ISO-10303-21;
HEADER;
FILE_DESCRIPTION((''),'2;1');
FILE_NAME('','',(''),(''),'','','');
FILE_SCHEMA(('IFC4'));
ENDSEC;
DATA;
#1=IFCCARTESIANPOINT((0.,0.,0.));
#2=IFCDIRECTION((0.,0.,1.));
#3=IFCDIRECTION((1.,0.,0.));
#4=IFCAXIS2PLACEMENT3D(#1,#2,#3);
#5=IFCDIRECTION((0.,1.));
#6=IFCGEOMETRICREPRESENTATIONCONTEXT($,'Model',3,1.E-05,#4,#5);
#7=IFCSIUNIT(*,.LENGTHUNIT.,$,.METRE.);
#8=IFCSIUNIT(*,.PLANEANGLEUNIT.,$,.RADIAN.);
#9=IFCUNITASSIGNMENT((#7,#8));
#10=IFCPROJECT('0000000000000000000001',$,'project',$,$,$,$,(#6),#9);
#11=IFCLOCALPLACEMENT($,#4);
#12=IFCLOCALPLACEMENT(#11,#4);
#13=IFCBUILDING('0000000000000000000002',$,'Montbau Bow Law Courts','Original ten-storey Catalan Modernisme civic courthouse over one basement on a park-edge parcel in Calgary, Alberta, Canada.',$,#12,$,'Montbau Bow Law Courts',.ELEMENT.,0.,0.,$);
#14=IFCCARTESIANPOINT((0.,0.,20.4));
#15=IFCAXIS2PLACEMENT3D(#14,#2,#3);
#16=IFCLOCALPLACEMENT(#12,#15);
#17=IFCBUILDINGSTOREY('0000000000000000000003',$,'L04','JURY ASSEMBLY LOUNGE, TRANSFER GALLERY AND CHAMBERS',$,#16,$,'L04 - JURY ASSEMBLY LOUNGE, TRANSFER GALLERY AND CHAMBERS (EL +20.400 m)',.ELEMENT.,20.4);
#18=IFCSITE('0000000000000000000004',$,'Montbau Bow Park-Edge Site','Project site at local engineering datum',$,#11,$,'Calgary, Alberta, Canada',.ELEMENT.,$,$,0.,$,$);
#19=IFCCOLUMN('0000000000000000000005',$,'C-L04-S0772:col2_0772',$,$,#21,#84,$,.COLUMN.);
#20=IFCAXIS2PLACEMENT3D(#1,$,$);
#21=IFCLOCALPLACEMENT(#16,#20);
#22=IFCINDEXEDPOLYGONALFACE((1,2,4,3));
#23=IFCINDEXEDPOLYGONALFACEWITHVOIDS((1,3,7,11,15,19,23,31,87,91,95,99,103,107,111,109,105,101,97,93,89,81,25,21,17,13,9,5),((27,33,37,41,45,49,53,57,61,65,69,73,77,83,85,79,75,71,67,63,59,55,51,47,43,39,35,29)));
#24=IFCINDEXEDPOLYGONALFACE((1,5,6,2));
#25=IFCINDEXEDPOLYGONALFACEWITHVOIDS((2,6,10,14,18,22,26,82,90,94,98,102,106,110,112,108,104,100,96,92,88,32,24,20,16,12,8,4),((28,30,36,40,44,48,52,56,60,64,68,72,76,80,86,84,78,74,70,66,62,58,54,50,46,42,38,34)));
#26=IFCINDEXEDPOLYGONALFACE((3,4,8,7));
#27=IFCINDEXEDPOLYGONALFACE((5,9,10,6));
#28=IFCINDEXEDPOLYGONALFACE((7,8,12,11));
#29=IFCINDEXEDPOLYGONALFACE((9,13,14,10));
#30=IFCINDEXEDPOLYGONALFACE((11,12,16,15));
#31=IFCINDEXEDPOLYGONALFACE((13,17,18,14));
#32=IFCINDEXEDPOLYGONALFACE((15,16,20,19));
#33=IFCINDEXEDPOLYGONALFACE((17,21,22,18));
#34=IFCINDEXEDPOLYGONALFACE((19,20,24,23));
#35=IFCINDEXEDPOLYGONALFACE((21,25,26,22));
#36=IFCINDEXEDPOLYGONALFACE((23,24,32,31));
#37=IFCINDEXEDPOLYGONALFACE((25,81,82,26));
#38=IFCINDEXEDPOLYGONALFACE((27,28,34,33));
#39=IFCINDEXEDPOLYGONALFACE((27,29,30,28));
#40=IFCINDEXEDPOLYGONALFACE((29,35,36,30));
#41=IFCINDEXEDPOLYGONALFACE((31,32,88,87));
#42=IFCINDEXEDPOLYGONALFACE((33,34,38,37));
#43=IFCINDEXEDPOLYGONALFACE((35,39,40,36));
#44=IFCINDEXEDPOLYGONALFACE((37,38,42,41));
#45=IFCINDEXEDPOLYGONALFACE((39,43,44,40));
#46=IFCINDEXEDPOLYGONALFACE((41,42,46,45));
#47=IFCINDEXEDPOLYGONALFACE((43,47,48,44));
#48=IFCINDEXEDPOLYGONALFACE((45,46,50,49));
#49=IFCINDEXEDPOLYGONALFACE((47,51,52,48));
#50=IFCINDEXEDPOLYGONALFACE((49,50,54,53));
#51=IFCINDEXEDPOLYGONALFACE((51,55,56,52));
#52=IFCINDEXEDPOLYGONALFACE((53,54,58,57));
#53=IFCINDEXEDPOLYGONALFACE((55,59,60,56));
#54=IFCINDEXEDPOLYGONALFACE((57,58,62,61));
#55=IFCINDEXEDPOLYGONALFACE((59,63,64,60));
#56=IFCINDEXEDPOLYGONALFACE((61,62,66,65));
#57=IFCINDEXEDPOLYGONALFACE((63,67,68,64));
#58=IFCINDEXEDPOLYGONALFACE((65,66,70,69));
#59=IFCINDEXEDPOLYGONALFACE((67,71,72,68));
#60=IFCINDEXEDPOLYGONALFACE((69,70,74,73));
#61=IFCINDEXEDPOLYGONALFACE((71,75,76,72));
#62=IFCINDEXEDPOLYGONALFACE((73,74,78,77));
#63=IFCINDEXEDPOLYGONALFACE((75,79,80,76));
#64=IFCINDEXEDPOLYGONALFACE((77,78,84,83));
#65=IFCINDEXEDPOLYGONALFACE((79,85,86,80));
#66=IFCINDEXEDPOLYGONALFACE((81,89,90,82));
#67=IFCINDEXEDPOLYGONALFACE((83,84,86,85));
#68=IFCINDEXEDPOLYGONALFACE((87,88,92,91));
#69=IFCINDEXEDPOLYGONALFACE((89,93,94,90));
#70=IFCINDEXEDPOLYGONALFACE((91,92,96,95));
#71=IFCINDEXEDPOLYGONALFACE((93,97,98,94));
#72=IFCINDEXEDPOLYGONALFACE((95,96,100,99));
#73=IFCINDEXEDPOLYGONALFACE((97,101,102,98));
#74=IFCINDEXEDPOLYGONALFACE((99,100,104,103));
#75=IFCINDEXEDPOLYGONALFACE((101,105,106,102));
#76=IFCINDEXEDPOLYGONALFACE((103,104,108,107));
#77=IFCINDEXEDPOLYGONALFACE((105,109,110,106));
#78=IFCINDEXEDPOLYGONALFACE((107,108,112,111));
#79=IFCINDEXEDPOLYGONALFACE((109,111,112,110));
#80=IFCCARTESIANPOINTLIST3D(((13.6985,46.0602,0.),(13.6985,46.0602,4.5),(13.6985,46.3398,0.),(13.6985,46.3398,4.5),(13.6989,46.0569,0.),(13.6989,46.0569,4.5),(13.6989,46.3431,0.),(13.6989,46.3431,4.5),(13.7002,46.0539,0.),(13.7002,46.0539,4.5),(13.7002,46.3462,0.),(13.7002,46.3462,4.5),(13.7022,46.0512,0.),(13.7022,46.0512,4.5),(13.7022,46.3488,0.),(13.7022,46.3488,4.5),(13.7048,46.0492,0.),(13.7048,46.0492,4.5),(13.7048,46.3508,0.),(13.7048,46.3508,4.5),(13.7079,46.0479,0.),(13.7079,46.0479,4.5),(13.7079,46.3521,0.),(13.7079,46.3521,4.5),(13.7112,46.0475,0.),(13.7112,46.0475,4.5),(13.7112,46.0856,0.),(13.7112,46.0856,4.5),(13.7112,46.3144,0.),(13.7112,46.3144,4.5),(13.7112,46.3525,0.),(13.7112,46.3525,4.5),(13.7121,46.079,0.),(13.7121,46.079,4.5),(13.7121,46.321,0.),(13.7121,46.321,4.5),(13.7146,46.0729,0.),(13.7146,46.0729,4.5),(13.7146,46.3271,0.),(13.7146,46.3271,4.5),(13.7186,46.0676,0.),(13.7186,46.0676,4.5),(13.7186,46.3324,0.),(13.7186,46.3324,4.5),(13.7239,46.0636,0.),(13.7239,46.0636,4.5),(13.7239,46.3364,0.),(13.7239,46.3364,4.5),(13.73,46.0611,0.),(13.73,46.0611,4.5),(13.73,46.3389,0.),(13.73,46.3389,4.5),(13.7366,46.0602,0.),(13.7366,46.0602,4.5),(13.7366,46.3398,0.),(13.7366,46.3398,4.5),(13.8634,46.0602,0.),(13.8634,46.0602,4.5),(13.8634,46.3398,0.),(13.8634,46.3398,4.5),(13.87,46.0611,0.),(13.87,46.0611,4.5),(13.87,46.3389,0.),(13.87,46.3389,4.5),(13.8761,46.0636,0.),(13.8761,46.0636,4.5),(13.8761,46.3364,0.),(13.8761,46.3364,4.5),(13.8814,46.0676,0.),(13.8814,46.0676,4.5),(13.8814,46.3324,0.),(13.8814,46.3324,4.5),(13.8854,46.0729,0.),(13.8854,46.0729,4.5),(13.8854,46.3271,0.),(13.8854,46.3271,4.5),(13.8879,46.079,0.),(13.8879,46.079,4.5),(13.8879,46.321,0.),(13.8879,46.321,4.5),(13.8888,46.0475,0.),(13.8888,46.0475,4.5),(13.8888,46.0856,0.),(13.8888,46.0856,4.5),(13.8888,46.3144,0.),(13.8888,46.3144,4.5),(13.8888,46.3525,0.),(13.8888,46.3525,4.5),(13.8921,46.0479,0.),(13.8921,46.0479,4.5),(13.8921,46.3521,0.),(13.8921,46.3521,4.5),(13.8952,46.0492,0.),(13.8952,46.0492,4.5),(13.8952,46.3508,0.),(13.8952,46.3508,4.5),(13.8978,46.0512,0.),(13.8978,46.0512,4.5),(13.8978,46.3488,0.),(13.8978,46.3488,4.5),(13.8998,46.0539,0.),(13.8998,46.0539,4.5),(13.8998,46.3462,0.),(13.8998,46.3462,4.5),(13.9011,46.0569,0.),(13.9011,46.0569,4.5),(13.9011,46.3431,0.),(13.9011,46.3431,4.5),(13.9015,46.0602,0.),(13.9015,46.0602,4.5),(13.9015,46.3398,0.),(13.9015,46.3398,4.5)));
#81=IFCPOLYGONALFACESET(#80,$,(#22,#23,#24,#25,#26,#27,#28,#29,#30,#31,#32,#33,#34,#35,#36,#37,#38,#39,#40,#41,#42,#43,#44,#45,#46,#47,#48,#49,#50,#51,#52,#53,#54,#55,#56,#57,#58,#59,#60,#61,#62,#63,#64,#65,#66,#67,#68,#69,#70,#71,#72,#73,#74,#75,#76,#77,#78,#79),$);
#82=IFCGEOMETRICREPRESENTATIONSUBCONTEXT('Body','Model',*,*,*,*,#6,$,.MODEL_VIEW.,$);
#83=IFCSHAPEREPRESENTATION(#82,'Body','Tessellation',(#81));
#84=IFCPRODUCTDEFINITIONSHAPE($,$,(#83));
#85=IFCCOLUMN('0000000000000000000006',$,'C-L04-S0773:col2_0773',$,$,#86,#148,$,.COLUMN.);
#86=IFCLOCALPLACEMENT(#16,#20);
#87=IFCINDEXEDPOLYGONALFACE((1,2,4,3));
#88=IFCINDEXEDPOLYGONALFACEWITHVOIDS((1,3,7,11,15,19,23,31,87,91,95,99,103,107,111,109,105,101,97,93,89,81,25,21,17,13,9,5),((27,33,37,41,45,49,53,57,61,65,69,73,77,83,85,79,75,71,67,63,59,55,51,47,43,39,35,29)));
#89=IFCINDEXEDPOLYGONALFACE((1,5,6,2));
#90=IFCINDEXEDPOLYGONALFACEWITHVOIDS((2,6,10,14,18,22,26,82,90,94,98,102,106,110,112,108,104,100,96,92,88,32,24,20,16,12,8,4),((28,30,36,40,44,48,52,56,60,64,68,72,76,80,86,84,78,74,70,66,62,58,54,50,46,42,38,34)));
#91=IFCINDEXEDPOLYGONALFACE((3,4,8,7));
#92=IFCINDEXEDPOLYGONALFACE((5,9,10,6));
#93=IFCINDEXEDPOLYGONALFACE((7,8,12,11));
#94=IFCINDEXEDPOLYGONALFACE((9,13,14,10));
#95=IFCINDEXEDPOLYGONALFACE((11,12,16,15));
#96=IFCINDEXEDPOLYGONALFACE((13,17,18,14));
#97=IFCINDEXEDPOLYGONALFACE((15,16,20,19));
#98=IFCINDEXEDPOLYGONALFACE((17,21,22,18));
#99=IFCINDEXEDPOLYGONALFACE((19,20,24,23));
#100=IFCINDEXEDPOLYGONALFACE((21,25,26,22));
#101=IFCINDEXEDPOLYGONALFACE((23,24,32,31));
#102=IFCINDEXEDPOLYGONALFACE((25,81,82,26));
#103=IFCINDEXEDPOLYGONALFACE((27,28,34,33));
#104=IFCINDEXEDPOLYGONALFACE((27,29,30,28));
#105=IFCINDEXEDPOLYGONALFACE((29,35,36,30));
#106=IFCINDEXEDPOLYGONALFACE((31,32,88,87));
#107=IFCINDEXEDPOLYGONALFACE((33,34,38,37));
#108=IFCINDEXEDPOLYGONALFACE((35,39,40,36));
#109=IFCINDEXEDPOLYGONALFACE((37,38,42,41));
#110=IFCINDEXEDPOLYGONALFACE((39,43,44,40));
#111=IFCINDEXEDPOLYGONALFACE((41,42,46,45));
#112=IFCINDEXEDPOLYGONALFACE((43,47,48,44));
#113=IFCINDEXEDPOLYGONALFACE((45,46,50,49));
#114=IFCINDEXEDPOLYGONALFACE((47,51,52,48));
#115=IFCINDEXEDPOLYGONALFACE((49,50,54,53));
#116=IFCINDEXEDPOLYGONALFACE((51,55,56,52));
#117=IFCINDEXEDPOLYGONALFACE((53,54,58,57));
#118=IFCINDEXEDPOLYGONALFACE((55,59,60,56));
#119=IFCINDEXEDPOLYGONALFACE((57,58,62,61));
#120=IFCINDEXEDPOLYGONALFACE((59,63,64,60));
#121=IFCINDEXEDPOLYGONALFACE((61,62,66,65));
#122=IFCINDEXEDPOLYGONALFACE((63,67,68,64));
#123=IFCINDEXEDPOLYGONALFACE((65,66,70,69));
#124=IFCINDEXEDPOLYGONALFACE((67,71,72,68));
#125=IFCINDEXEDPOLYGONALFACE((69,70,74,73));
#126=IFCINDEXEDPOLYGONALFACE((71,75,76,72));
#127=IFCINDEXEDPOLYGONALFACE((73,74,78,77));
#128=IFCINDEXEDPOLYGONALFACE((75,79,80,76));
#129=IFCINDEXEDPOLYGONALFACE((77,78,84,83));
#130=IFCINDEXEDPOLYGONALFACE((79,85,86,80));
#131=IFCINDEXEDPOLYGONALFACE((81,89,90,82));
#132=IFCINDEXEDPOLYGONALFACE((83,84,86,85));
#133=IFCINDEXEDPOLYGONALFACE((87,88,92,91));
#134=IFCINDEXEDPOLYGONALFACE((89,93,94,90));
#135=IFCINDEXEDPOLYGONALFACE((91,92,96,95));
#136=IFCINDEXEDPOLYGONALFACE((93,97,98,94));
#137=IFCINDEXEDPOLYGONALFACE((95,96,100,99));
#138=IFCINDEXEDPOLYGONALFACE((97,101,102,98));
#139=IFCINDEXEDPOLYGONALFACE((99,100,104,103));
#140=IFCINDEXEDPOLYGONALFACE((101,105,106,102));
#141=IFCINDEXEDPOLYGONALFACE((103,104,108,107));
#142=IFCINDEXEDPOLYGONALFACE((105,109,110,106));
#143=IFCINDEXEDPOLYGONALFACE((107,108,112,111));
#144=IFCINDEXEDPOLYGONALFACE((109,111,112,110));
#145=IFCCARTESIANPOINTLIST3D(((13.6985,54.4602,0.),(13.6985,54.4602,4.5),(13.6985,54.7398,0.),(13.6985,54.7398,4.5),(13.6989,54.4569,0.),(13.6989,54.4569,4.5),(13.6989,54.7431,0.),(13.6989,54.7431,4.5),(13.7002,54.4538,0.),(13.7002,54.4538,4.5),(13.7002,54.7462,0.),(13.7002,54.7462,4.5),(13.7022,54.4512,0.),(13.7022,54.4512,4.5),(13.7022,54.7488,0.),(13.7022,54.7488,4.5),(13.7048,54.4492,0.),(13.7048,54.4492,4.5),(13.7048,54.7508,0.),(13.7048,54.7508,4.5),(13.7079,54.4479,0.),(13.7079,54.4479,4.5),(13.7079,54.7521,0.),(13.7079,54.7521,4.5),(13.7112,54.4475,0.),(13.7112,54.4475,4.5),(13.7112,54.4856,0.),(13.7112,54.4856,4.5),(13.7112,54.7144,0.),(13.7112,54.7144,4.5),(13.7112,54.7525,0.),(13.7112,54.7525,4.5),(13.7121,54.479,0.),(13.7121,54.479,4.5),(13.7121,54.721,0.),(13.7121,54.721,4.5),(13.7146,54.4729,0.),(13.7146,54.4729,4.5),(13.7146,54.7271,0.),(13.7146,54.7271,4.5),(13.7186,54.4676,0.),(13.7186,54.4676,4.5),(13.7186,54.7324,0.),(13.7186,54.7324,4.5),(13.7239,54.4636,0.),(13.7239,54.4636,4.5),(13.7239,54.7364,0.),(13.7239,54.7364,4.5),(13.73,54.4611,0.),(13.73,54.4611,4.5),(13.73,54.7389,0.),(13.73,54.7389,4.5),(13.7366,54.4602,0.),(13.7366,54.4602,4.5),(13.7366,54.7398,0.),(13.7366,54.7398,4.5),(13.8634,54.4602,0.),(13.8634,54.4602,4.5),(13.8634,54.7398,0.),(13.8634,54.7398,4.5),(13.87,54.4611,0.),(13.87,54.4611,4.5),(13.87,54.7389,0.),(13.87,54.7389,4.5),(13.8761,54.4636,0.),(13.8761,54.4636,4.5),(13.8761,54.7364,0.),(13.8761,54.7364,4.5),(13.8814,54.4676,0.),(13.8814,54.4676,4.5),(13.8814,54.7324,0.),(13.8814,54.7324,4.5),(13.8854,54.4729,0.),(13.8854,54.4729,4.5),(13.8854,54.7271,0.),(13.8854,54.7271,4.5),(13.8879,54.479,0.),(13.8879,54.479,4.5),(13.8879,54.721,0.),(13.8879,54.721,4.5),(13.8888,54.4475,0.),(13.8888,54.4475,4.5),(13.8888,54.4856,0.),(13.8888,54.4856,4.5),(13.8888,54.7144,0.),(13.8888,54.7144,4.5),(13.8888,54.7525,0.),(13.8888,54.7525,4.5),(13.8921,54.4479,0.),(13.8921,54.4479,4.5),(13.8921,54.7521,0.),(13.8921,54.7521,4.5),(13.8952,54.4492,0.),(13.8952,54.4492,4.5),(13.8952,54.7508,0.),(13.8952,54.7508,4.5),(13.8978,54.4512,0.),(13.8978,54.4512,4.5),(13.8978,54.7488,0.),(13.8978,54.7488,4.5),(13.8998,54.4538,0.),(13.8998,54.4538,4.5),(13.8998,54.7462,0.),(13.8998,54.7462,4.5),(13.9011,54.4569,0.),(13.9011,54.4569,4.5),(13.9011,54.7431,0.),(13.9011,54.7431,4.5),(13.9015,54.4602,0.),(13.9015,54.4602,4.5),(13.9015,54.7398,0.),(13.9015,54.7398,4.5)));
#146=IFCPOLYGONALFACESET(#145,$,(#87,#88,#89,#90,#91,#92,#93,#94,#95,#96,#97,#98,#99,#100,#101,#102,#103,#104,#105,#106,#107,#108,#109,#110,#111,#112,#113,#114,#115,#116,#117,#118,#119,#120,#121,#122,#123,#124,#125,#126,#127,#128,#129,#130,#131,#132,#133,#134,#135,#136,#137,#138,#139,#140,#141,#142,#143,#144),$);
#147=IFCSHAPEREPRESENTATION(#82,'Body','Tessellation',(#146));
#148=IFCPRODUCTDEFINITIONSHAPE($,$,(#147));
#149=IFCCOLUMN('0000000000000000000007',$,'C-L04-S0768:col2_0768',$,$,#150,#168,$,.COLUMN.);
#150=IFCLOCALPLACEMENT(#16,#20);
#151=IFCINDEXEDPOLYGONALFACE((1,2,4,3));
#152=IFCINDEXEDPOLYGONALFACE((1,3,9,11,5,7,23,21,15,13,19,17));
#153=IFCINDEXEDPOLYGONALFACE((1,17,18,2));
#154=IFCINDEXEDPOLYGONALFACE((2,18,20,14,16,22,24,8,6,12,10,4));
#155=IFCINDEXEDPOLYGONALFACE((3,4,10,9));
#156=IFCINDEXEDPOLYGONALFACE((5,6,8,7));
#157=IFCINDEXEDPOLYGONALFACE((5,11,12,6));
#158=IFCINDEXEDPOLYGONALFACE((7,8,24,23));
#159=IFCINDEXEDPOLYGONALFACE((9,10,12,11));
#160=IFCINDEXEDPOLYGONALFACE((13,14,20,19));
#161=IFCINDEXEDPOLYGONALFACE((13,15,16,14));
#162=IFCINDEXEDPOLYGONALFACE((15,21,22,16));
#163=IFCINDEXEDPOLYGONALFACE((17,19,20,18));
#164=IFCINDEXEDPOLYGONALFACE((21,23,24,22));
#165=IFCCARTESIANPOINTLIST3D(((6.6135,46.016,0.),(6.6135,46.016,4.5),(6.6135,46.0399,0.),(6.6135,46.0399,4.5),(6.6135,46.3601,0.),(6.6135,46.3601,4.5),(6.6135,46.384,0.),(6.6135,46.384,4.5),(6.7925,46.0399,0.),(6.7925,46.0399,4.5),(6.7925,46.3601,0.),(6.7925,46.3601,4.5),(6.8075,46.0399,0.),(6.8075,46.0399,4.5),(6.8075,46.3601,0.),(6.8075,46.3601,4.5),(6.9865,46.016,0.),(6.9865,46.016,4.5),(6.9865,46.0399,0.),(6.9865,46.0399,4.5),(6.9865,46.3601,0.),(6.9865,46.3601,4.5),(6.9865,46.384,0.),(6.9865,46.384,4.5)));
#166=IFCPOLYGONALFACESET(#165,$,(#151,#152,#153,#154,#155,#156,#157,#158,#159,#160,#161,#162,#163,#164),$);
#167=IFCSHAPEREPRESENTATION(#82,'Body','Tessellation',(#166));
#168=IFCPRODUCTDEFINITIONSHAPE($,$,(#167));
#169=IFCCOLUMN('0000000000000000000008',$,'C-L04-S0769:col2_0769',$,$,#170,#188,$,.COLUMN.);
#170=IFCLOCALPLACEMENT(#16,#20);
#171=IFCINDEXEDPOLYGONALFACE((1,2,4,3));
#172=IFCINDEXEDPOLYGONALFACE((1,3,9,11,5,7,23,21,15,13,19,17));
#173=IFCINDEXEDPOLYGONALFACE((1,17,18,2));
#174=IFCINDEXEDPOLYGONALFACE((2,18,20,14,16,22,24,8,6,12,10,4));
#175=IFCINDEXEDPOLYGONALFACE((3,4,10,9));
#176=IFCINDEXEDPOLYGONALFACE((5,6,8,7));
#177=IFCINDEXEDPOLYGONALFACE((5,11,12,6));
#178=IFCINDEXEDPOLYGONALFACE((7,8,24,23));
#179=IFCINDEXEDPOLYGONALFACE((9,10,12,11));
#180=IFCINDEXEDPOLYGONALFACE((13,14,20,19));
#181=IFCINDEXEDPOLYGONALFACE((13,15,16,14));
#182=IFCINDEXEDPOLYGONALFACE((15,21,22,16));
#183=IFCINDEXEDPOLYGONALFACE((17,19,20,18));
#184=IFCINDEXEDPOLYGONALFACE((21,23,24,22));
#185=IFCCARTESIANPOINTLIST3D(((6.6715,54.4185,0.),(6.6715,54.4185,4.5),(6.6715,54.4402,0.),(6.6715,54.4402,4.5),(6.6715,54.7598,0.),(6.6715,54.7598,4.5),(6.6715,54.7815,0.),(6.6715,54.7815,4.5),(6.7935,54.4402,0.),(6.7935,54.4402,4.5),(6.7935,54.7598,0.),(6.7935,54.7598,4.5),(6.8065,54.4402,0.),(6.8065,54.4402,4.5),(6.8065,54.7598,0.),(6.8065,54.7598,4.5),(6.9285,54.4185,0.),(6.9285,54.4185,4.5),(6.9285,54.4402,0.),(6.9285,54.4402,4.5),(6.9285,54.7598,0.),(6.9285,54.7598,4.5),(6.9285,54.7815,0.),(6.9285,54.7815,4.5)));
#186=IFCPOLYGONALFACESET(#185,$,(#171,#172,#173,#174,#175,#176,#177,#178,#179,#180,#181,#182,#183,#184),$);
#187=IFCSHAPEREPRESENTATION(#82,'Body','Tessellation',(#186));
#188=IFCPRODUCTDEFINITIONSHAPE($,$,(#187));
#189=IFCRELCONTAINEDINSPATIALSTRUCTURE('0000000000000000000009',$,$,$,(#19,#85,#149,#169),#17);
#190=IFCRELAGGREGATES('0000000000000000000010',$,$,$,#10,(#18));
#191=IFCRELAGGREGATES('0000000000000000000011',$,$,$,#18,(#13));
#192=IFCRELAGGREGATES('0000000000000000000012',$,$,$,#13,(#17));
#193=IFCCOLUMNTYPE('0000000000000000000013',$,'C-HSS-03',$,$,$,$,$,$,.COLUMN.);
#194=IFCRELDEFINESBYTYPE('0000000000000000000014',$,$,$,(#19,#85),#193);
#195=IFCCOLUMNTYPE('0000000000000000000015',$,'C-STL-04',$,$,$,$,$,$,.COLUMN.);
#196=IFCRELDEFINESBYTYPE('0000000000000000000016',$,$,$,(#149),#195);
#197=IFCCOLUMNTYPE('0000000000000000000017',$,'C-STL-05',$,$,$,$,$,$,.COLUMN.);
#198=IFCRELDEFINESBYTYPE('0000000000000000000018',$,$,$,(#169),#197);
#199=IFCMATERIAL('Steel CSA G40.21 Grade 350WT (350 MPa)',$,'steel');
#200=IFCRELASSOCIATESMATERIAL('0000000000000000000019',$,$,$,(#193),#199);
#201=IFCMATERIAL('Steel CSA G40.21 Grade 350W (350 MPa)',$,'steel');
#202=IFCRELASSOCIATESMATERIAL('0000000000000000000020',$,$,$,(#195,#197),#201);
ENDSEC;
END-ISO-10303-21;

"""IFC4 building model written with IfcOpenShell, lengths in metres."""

from ifc_helpers import new_model, si_unit, direction, frame, origin_with_axes, origin_2d_with_axis, place, context, subcontext, project, spatial, hollow_rectangle, i_section, extrude, material, material_profile, profile_set, type_object, element, save


model = new_model("IFC4")

# Units and contexts
model_context = context("Model", 3, precision=1e-05, world=origin_with_axes(), true_north=direction((0.0, 1.0)))
body_context = subcontext(model_context, "Body", "Model", "MODEL_VIEW")
ifc_project = project(units=[si_unit("LENGTHUNIT", "METRE"), si_unit("PLANEANGLEUNIT", "RADIAN")], contexts=[model_context])

# Site, building, storey
site_placement = place(None, origin_with_axes())
site = spatial("IfcSite", under=ifc_project, at=site_placement, Name="Montbau Bow Park-Edge Site", Description="Project site at local engineering datum", LongName="Calgary, Alberta, Canada", CompositionType="ELEMENT", RefElevation=0.0)
building_placement = place(site_placement, origin_with_axes())
building = spatial("IfcBuilding", under=site, at=building_placement, Name="Montbau Bow Law Courts", Description="Original ten-storey Catalan Modernisme civic courthouse over one basement on a park-edge parcel in Calgary, Alberta, Canada.", LongName="Montbau Bow Law Courts", CompositionType="ELEMENT", ElevationOfRefHeight=0.0, ElevationOfTerrain=0.0)
storey_placement = place(building_placement, frame((0.0, 0.0, 20.4), z_axis=(0.0, 0.0, 1.0), x_axis=(1.0, 0.0, 0.0)))
storey = spatial("IfcBuildingStorey", under=building, at=storey_placement, Name="L04", Description="JURY ASSEMBLY LOUNGE, TRANSFER GALLERY AND CHAMBERS", LongName="L04 - JURY ASSEMBLY LOUNGE, TRANSFER GALLERY AND CHAMBERS (EL +20.400 m)", CompositionType="ELEMENT", Elevation=20.4)

# Columns
ifc_material_1 = material(Name="Steel CSA G40.21 Grade 350WT (350 MPa)", Category="steel")
ifc_material_profile_1 = material_profile(ifc_material_1, hollow_rectangle(XDim=0.203, YDim=0.305, WallThickness=0.0127, InnerFilletRadius=0.0254, OuterFilletRadius=0.0127, at=origin_2d_with_axis()), Name="HSS305X203X13", Category="Main", Priority=0)
ifc_profile_set_1 = profile_set([ifc_material_profile_1], Name="Steel CSA G40.21 Grade 350WT (350 MPa)")
column_type_1 = type_object("IfcColumnType", Name="C-HSS-03", PredefinedType="COLUMN", material=ifc_profile_set_1)
for number, where, z_axis, x_axis, name in (
    (1, (13.8, 46.2, 20.4), (0.0, 0.0, 1.0), (1.0, 0.0, 0.0), "C-L04-S0772:col2_0772"),
    (2, (13.8, 54.6, 20.4), (0.0, 0.0, 1.0), (1.0, 0.0, 0.0), "C-L04-S0773:col2_0773"),
):
    element("IfcColumn", number, at=place(None, frame(where, z_axis=z_axis, x_axis=x_axis)), inside=storey, type_object=column_type_1, Name=name, PredefinedType="COLUMN", context=body_context, shape_type="SweptSolid", body=[
        extrude(hollow_rectangle(XDim=0.203, YDim=0.305, WallThickness=0.0127, InnerFilletRadius=0.0254, OuterFilletRadius=0.0127, at=origin_2d_with_axis()), origin_with_axes(), (0.0, 0.0, 1.0), 4.5),
    ])
ifc_material_2 = material(Name="Steel CSA G40.21 Grade 350W (350 MPa)", Category="steel")
ifc_material_profile_2 = material_profile(ifc_material_2, i_section(OverallWidth=0.373, OverallDepth=0.368, WebThickness=0.015, FlangeThickness=0.0239, at=origin_2d_with_axis()), Name="W360X179", Category="Main", Priority=0)
ifc_profile_set_2 = profile_set([ifc_material_profile_2], Name="Steel CSA G40.21 Grade 350W (350 MPa)")
column_type_2 = type_object("IfcColumnType", Name="C-STL-04", PredefinedType="COLUMN", material=ifc_profile_set_2)
column_1_placement = place(None, frame((6.8, 46.2, 20.4), z_axis=(0.0, 0.0, 1.0), x_axis=(1.0, 0.0, 0.0)))
element("IfcColumn", 3, at=column_1_placement, inside=storey, type_object=column_type_2, Name="C-L04-S0768:col2_0768", PredefinedType="COLUMN", context=body_context, shape_type="SweptSolid", body=[
    extrude(i_section(OverallWidth=0.373, OverallDepth=0.368, WebThickness=0.015, FlangeThickness=0.0239, at=origin_2d_with_axis()), origin_with_axes(), (0.0, 0.0, 1.0), 4.5),
])
ifc_material_profile_3 = material_profile(ifc_material_2, i_section(OverallWidth=0.257, OverallDepth=0.363, WebThickness=0.013, FlangeThickness=0.0217, at=origin_2d_with_axis()), Name="W360X122", Category="Main", Priority=0)
ifc_profile_set_3 = profile_set([ifc_material_profile_3], Name="Steel CSA G40.21 Grade 350W (350 MPa)")
column_type_3 = type_object("IfcColumnType", Name="C-STL-05", PredefinedType="COLUMN", material=ifc_profile_set_3)
column_2_placement = place(None, frame((6.8, 54.6, 20.4), z_axis=(0.0, 0.0, 1.0), x_axis=(1.0, 0.0, 0.0)))
element("IfcColumn", 4, at=column_2_placement, inside=storey, type_object=column_type_3, Name="C-L04-S0769:col2_0769", PredefinedType="COLUMN", context=body_context, shape_type="SweptSolid", body=[
    extrude(i_section(OverallWidth=0.257, OverallDepth=0.363, WebThickness=0.013, FlangeThickness=0.0217, at=origin_2d_with_axis()), origin_with_axes(), (0.0, 0.0, 1.0), 4.5),
])

save(model, "model.ifc")
